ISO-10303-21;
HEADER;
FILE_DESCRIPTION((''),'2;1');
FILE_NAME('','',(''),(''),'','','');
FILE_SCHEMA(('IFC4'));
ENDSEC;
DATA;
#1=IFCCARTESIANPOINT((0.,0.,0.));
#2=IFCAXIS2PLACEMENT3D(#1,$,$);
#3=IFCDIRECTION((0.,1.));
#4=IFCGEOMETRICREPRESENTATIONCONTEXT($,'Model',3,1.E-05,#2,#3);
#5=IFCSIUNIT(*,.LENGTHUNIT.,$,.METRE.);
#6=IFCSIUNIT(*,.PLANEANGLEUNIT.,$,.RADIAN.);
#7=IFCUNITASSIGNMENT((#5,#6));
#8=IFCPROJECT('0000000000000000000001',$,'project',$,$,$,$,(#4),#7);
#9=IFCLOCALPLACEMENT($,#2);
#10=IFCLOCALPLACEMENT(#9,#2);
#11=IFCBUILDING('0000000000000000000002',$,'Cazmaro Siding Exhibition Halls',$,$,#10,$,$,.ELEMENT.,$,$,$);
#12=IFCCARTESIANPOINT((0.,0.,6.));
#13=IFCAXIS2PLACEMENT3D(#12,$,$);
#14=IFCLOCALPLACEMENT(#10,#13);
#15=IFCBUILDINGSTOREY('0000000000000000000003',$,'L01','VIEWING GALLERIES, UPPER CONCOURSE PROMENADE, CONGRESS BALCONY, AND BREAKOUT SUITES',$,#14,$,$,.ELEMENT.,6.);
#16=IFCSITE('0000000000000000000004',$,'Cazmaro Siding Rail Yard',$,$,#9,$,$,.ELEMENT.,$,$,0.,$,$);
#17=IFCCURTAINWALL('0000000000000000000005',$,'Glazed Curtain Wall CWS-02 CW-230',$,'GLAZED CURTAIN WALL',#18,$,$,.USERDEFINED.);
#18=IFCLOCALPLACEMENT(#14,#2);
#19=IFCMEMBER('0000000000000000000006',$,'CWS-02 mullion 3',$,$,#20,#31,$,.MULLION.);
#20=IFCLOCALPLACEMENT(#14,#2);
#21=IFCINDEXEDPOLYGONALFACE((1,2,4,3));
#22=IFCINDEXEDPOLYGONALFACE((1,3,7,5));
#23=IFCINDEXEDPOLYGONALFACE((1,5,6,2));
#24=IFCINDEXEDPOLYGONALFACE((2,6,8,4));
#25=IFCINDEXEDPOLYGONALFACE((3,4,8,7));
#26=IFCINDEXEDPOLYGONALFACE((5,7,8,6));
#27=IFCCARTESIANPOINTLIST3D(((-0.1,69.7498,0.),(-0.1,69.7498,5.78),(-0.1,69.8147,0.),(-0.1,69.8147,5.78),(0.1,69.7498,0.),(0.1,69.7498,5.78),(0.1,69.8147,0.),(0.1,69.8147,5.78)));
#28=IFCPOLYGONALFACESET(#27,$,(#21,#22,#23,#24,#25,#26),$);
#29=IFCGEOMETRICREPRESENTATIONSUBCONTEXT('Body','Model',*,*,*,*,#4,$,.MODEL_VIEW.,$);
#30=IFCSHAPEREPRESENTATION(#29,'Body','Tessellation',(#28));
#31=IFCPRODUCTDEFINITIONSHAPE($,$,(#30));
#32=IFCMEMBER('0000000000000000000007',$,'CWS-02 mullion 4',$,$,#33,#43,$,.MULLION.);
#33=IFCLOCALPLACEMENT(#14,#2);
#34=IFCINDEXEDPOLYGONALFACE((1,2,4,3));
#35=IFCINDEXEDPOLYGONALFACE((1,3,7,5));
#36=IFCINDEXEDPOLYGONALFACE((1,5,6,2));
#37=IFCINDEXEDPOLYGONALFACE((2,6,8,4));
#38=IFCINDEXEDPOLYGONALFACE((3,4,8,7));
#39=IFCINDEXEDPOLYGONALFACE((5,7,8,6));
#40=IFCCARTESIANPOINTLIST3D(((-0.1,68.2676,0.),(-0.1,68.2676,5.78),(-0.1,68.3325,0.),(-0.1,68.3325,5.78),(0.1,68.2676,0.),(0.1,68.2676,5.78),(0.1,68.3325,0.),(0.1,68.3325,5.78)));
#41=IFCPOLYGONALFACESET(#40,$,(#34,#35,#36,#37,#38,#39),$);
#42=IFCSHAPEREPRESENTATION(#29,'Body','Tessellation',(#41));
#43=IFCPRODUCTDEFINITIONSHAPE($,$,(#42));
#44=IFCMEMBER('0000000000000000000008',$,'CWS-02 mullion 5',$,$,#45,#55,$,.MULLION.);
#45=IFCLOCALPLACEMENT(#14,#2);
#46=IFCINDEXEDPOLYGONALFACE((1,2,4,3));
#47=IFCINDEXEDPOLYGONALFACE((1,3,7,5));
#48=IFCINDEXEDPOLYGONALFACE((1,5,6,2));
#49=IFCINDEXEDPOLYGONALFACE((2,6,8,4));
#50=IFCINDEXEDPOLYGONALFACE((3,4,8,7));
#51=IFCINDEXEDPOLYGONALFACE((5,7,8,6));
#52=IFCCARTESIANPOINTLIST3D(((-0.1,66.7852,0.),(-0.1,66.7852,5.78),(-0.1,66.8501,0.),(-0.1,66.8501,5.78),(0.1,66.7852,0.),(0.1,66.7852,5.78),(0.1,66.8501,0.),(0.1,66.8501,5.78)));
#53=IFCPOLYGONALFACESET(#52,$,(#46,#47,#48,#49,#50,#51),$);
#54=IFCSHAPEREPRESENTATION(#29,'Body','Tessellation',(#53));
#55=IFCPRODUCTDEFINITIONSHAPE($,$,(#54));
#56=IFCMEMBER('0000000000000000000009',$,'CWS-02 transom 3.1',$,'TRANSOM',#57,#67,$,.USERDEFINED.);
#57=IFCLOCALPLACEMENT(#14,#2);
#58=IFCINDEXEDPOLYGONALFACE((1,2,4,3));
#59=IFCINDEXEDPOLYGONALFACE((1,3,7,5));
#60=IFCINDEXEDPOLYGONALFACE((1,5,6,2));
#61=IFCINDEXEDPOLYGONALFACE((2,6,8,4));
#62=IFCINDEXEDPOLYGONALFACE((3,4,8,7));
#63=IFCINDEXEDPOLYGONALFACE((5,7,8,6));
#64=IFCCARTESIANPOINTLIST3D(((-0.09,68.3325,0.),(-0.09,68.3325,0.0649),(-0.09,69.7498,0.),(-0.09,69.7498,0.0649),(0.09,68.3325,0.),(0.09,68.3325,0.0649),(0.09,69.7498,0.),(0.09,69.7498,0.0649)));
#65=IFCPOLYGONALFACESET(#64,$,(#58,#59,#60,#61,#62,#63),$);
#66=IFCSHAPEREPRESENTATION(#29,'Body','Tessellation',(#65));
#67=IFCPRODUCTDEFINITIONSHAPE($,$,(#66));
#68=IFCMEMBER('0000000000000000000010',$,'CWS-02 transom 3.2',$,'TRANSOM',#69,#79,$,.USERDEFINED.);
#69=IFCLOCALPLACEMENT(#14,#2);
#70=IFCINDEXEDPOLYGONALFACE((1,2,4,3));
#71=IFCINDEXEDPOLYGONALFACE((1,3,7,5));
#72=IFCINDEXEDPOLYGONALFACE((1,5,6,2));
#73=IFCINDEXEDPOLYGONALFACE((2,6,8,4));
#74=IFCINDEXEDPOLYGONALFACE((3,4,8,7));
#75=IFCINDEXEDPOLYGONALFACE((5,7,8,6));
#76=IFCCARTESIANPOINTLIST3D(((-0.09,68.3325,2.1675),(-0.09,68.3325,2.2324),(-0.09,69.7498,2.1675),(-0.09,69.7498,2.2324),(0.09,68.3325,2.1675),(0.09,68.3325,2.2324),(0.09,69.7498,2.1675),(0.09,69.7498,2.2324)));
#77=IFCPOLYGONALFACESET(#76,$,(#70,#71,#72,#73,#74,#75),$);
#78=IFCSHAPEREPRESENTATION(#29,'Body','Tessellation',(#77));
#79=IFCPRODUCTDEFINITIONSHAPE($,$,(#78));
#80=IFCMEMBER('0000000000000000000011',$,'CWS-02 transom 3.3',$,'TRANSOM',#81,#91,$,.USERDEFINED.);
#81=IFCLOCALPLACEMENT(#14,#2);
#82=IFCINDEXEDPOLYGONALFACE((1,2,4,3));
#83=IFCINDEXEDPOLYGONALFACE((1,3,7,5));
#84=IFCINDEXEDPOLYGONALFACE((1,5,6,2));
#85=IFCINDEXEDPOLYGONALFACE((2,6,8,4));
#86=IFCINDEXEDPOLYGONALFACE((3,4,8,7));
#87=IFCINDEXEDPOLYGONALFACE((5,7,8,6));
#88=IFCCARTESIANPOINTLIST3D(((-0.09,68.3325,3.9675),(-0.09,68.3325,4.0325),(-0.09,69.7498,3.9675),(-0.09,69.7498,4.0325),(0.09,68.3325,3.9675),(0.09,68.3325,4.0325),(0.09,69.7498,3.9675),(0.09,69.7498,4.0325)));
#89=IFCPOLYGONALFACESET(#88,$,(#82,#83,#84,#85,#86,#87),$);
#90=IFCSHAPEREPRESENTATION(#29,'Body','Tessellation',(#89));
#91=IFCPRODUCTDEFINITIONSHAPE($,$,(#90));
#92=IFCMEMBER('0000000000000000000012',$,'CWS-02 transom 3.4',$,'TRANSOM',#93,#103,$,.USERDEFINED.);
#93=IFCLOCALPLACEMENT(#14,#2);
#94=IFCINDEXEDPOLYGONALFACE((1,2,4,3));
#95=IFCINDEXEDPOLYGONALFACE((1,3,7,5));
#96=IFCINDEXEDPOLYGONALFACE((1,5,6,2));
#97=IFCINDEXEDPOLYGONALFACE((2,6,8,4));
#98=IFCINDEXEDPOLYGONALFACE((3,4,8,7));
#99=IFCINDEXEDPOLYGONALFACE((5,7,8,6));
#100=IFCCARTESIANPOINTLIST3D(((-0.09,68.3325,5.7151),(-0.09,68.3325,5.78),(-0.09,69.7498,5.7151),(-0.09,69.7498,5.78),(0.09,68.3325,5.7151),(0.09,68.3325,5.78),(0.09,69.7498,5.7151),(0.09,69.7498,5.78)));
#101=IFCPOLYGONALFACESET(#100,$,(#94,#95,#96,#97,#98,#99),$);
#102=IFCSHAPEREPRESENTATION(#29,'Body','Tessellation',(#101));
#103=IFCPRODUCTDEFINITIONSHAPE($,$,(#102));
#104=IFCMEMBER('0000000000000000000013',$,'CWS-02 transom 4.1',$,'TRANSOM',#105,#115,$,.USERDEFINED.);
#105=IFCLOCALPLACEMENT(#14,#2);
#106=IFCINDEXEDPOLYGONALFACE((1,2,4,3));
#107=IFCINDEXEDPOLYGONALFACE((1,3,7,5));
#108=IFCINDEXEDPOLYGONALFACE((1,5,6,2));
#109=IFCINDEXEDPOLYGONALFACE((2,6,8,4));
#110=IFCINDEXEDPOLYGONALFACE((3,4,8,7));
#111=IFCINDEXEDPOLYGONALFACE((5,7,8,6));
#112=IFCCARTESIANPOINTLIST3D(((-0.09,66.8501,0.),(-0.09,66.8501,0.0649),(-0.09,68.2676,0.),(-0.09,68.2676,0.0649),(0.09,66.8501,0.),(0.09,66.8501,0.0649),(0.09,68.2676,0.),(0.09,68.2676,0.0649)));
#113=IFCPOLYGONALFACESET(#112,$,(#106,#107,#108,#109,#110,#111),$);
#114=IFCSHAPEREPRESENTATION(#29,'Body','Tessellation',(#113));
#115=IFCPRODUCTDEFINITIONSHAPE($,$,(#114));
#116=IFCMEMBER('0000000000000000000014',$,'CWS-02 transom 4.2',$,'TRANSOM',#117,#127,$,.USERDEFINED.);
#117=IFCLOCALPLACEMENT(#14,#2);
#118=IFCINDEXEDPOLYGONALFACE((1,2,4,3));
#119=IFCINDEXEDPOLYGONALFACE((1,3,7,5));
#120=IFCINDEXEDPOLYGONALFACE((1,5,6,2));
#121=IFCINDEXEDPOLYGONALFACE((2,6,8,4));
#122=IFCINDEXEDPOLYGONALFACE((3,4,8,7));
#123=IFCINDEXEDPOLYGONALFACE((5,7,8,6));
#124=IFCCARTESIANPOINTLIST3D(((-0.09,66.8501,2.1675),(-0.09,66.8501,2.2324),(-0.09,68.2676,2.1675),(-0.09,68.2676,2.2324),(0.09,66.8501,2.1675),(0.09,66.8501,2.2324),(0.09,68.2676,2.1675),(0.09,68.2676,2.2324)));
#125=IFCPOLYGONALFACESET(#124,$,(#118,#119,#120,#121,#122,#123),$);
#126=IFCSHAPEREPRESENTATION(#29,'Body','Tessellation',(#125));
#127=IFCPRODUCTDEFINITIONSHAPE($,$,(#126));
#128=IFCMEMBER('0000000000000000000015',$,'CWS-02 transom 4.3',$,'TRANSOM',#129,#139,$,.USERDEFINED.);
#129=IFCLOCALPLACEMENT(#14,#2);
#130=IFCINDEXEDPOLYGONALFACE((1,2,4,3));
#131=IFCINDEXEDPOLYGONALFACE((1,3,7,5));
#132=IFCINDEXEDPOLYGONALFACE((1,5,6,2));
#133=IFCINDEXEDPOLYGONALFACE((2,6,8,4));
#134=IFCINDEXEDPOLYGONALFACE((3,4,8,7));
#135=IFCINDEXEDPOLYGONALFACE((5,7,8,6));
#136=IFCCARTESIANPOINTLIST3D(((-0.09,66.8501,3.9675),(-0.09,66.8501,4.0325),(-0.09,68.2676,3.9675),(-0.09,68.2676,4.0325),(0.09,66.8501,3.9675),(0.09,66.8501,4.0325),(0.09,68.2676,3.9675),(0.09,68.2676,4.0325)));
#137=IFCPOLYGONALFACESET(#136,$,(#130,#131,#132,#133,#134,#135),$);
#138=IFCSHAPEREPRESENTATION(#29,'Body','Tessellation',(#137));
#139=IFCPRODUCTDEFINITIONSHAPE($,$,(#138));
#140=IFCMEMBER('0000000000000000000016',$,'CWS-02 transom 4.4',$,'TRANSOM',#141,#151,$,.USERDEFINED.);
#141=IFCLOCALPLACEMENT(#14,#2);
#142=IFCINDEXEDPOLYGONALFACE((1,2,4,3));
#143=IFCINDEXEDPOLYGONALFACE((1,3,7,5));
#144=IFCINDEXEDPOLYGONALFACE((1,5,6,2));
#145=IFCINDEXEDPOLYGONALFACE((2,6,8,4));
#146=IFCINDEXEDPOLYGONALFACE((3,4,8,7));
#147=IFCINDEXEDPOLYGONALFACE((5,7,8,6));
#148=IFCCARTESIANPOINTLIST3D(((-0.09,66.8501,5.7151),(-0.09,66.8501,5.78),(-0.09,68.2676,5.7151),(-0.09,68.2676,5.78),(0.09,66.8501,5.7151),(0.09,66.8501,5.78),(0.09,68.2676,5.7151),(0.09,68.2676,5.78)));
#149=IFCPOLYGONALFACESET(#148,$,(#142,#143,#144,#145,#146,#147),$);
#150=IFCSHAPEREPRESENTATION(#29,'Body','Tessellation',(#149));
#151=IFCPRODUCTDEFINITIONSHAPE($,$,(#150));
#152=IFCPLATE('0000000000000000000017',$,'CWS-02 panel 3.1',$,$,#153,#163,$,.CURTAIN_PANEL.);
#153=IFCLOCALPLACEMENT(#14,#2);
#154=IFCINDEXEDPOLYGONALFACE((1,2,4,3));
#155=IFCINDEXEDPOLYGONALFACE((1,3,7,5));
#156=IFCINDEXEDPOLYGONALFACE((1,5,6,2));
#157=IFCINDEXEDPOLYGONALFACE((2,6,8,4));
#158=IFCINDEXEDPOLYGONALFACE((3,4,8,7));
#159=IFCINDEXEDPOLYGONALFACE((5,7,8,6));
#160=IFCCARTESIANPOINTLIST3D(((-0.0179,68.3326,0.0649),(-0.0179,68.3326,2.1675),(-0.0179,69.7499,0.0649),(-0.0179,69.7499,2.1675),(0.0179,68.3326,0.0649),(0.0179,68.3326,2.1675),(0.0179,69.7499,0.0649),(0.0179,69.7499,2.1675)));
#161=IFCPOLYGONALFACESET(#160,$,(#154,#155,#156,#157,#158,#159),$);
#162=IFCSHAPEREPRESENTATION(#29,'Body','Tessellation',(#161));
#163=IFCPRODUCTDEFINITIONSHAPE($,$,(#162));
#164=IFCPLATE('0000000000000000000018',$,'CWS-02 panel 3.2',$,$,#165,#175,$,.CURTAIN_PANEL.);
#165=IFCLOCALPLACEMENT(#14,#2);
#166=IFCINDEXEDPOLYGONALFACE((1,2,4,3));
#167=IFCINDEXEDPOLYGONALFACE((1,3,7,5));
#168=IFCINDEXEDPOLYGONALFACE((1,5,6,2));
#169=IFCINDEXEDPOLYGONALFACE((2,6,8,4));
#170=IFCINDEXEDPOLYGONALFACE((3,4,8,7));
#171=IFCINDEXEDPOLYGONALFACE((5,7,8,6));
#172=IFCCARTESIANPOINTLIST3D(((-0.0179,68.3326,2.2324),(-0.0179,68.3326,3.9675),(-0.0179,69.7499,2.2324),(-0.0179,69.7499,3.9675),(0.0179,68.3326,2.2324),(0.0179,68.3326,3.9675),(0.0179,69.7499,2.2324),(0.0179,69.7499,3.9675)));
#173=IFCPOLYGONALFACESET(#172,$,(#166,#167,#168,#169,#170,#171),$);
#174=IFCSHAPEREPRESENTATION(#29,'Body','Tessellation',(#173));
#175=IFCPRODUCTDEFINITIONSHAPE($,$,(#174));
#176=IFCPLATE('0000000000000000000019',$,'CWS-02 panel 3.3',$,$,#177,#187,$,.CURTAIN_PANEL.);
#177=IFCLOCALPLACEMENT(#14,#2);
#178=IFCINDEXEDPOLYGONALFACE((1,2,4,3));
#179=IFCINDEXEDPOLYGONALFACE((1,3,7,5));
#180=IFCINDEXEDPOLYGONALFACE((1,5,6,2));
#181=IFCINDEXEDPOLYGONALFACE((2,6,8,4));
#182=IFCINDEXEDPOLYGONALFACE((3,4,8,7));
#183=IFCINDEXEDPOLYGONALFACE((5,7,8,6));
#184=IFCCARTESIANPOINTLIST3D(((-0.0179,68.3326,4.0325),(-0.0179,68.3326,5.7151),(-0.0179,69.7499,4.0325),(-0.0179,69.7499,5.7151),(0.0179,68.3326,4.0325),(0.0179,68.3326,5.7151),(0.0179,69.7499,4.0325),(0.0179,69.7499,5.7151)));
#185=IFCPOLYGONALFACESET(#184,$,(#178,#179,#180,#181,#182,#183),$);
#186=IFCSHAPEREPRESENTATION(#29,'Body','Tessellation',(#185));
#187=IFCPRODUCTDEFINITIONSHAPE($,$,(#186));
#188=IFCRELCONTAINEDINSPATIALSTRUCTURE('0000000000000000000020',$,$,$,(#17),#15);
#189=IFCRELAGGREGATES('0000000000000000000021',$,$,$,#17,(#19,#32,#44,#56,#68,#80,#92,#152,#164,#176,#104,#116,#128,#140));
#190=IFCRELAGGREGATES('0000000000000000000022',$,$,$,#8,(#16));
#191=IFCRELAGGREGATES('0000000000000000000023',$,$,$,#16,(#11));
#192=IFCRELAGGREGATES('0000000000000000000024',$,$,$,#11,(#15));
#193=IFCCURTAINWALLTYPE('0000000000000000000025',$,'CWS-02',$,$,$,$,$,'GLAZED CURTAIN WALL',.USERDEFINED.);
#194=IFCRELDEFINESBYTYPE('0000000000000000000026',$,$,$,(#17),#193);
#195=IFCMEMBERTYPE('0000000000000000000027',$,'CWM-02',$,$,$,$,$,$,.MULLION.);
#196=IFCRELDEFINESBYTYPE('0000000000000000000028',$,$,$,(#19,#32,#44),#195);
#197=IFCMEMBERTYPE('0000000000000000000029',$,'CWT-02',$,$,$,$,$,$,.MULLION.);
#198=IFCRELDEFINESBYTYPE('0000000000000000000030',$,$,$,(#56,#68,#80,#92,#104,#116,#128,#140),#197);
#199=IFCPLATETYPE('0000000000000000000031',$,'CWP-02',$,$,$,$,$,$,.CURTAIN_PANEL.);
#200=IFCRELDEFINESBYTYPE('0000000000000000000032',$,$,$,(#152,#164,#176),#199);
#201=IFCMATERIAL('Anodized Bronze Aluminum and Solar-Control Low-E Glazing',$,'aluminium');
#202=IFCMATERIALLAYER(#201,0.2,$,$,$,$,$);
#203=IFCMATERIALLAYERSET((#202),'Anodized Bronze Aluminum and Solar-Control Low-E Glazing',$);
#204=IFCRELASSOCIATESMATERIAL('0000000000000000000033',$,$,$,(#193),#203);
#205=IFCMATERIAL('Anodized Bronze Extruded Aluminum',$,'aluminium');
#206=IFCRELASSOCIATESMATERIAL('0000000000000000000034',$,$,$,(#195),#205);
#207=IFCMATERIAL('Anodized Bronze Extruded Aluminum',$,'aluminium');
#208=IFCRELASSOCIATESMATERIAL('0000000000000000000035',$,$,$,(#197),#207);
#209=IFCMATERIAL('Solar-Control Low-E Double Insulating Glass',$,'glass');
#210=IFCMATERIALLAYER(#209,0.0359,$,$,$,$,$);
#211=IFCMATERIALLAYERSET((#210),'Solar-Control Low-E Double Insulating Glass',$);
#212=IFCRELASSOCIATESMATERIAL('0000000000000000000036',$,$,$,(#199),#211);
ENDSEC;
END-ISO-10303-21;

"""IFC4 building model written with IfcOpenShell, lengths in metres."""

from ifc_helpers import new_model, si_unit, direction, frame, origin, origin_2d, place, context, subcontext, project, spatial, rectangle, extrude, material, layer, layer_set, material_profile, profile_set, type_object, element, aggregate, save


model = new_model("IFC4")

# Units and contexts
model_context = context("Model", 3, precision=1e-05, world=origin(), true_north=direction((0.0, 1.0)))
body_context = subcontext(model_context, "Body", "Model", "MODEL_VIEW")
ifc_project = project(units=[si_unit("LENGTHUNIT", "METRE"), si_unit("PLANEANGLEUNIT", "RADIAN")], contexts=[model_context])

# Site, building, storey
site_placement = place(None, origin())
site = spatial("IfcSite", under=ifc_project, at=site_placement, Name="Cazmaro Siding Rail Yard", CompositionType="ELEMENT", RefElevation=0.0)
building_placement = place(site_placement, origin())
building = spatial("IfcBuilding", under=site, at=building_placement, Name="Cazmaro Siding Exhibition Halls", CompositionType="ELEMENT")
storey_placement = place(building_placement, frame((0.0, 0.0, 6.0)))
storey = spatial("IfcBuildingStorey", under=building, at=storey_placement, Name="L01", Description="VIEWING GALLERIES, UPPER CONCOURSE PROMENADE, CONGRESS BALCONY, AND BREAKOUT SUITES", CompositionType="ELEMENT", Elevation=6.0)

# Curtain wall, members, plates
ifc_material_1 = material(Name="Anodized Bronze Aluminum and Solar-Control Low-E Glazing", Category="aluminium")
ifc_layer_1 = layer(ifc_material_1, 0.2)
ifc_layer_set_1 = layer_set([ifc_layer_1], Name="Anodized Bronze Aluminum and Solar-Control Low-E Glazing")
curtain_wall_type = type_object("IfcCurtainWallType", Name="CWS-02", ElementType="GLAZED CURTAIN WALL", PredefinedType="USERDEFINED", material=ifc_layer_set_1)
curtain_wall_placement = place(storey_placement, origin())
curtain_wall = element("IfcCurtainWall", 1, at=curtain_wall_placement, inside=storey, type_object=curtain_wall_type, Name="Glazed Curtain Wall CWS-02 CW-230", ObjectType="GLAZED CURTAIN WALL", PredefinedType="USERDEFINED")
ifc_material_2 = material(Name="Anodized Bronze Extruded Aluminum", Category="aluminium")
ifc_material_profile_1 = material_profile(ifc_material_2, rectangle(XDim=0.2, YDim=0.0649, at=origin_2d()), Name="CWM-02")
ifc_profile_set_1 = profile_set([ifc_material_profile_1], Name="Anodized Bronze Extruded Aluminum")
member_type_1 = type_object("IfcMemberType", Name="CWM-02", PredefinedType="MULLION", material=ifc_profile_set_1)
member_1_placement = place(storey_placement, frame((0.0, 69.7822, 0.0), z_axis=(0.0, 0.0, 1.0), x_axis=(1.0, 0.0, 0.0)))
member_1 = element("IfcMember", 2, at=member_1_placement, type_object=member_type_1, Name="CWS-02 mullion 3", PredefinedType="MULLION", context=body_context, shape_type="SweptSolid", body=[
    extrude(rectangle(XDim=0.2, YDim=0.0649, at=origin_2d()), origin(), (0.0, 0.0, 1.0), 5.78),
])
member_2_placement = place(storey_placement, frame((0.0, 68.3, 0.0), z_axis=(0.0, 0.0, 1.0), x_axis=(1.0, 0.0, 0.0)))
member_2 = element("IfcMember", 3, at=member_2_placement, type_object=member_type_1, Name="CWS-02 mullion 4", PredefinedType="MULLION", context=body_context, shape_type="SweptSolid", body=[
    extrude(rectangle(XDim=0.2, YDim=0.0649, at=origin_2d()), origin(), (0.0, 0.0, 1.0), 5.78),
])
member_3_placement = place(storey_placement, frame((0.0, 66.8176, 0.0), z_axis=(0.0, 0.0, 1.0), x_axis=(1.0, 0.0, 0.0)))
member_3 = element("IfcMember", 4, at=member_3_placement, type_object=member_type_1, Name="CWS-02 mullion 5", PredefinedType="MULLION", context=body_context, shape_type="SweptSolid", body=[
    extrude(rectangle(XDim=0.2, YDim=0.0649, at=origin_2d()), origin(), (0.0, 0.0, 1.0), 5.78),
])
ifc_material_3 = material(Name="Anodized Bronze Extruded Aluminum", Category="aluminium")
ifc_material_profile_2 = material_profile(ifc_material_3, rectangle(XDim=0.1799, YDim=0.0649, at=origin_2d()), Name="CWT-02")
ifc_profile_set_2 = profile_set([ifc_material_profile_2], Name="Anodized Bronze Extruded Aluminum")
member_type_2 = type_object("IfcMemberType", Name="CWT-02", PredefinedType="MULLION", material=ifc_profile_set_2)
member_4_placement = place(storey_placement, frame((0.0, 69.7498, 0.0325), z_axis=(0.0, -1.0, 0.0), x_axis=(1.0, 0.0, 0.0)))
member_4 = element("IfcMember", 5, at=member_4_placement, type_object=member_type_2, Name="CWS-02 transom 3.1", ObjectType="TRANSOM", PredefinedType="USERDEFINED", context=body_context, shape_type="SweptSolid", body=[
    extrude(rectangle(XDim=0.1799, YDim=0.0649, at=origin_2d()), origin(), (0.0, 0.0, 1.0), 1.4172),
])
member_5_placement = place(storey_placement, frame((0.0, 69.7498, 2.2), z_axis=(0.0, -1.0, 0.0), x_axis=(1.0, 0.0, 0.0)))
member_5 = element("IfcMember", 6, at=member_5_placement, type_object=member_type_2, Name="CWS-02 transom 3.2", ObjectType="TRANSOM", PredefinedType="USERDEFINED", context=body_context, shape_type="SweptSolid", body=[
    extrude(rectangle(XDim=0.1799, YDim=0.0649, at=origin_2d()), origin(), (0.0, 0.0, 1.0), 1.4172),
])
member_6_placement = place(storey_placement, frame((0.0, 69.7498, 4.0), z_axis=(0.0, -1.0, 0.0), x_axis=(1.0, 0.0, 0.0)))
member_6 = element("IfcMember", 7, at=member_6_placement, type_object=member_type_2, Name="CWS-02 transom 3.3", ObjectType="TRANSOM", PredefinedType="USERDEFINED", context=body_context, shape_type="SweptSolid", body=[
    extrude(rectangle(XDim=0.1799, YDim=0.0649, at=origin_2d()), origin(), (0.0, 0.0, 1.0), 1.4172),
])
member_7_placement = place(storey_placement, frame((0.0, 69.7498, 5.7476), z_axis=(0.0, -1.0, 0.0), x_axis=(1.0, 0.0, 0.0)))
member_7 = element("IfcMember", 8, at=member_7_placement, type_object=member_type_2, Name="CWS-02 transom 3.4", ObjectType="TRANSOM", PredefinedType="USERDEFINED", context=body_context, shape_type="SweptSolid", body=[
    extrude(rectangle(XDim=0.1799, YDim=0.0649, at=origin_2d()), origin(), (0.0, 0.0, 1.0), 1.4172),
])
member_8_placement = place(storey_placement, frame((0.0, 68.2676, 0.0325), z_axis=(0.0, -1.0, 0.0), x_axis=(1.0, 0.0, 0.0)))
member_8 = element("IfcMember", 9, at=member_8_placement, type_object=member_type_2, Name="CWS-02 transom 4.1", ObjectType="TRANSOM", PredefinedType="USERDEFINED", context=body_context, shape_type="SweptSolid", body=[
    extrude(rectangle(XDim=0.1799, YDim=0.0649, at=origin_2d()), origin(), (0.0, 0.0, 1.0), 1.4175),
])
member_9_placement = place(storey_placement, frame((0.0, 68.2676, 2.2), z_axis=(0.0, -1.0, 0.0), x_axis=(1.0, 0.0, 0.0)))
member_9 = element("IfcMember", 10, at=member_9_placement, type_object=member_type_2, Name="CWS-02 transom 4.2", ObjectType="TRANSOM", PredefinedType="USERDEFINED", context=body_context, shape_type="SweptSolid", body=[
    extrude(rectangle(XDim=0.1799, YDim=0.0649, at=origin_2d()), origin(), (0.0, 0.0, 1.0), 1.4175),
])
member_10_placement = place(storey_placement, frame((0.0, 68.2676, 4.0), z_axis=(0.0, -1.0, 0.0), x_axis=(1.0, 0.0, 0.0)))
member_10 = element("IfcMember", 11, at=member_10_placement, type_object=member_type_2, Name="CWS-02 transom 4.3", ObjectType="TRANSOM", PredefinedType="USERDEFINED", context=body_context, shape_type="SweptSolid", body=[
    extrude(rectangle(XDim=0.1799, YDim=0.0649, at=origin_2d()), origin(), (0.0, 0.0, 1.0), 1.4175),
])
member_11_placement = place(storey_placement, frame((0.0, 68.2676, 5.7476), z_axis=(0.0, -1.0, 0.0), x_axis=(1.0, 0.0, 0.0)))
member_11 = element("IfcMember", 12, at=member_11_placement, type_object=member_type_2, Name="CWS-02 transom 4.4", ObjectType="TRANSOM", PredefinedType="USERDEFINED", context=body_context, shape_type="SweptSolid", body=[
    extrude(rectangle(XDim=0.1799, YDim=0.0649, at=origin_2d()), origin(), (0.0, 0.0, 1.0), 1.4175),
])
ifc_material_4 = material(Name="Solar-Control Low-E Double Insulating Glass", Category="glass")
ifc_layer_2 = layer(ifc_material_4, 0.0359)
ifc_layer_set_2 = layer_set([ifc_layer_2], Name="Solar-Control Low-E Double Insulating Glass")
plate_type = type_object("IfcPlateType", Name="CWP-02", PredefinedType="CURTAIN_PANEL", material=ifc_layer_set_2)
plate_1_placement = place(storey_placement, frame((0.0, 69.0413, 0.0649), z_axis=(0.0, 0.0, 1.0), x_axis=(0.0, -1.0, 0.0)))
plate_1 = element("IfcPlate", 13, at=plate_1_placement, type_object=plate_type, Name="CWS-02 panel 3.1", PredefinedType="CURTAIN_PANEL", context=body_context, shape_type="SweptSolid", body=[
    extrude(rectangle(XDim=1.4172, YDim=0.0359, at=origin_2d()), origin(), (0.0, 0.0, 1.0), 2.1025),
])
plate_2_placement = place(storey_placement, frame((0.0, 69.0413, 2.2324), z_axis=(0.0, 0.0, 1.0), x_axis=(0.0, -1.0, 0.0)))
plate_2 = element("IfcPlate", 14, at=plate_2_placement, type_object=plate_type, Name="CWS-02 panel 3.2", PredefinedType="CURTAIN_PANEL", context=body_context, shape_type="SweptSolid", body=[
    extrude(rectangle(XDim=1.4172, YDim=0.0359, at=origin_2d()), origin(), (0.0, 0.0, 1.0), 1.7351),
])
plate_3_placement = place(storey_placement, frame((0.0, 69.0413, 4.0325), z_axis=(0.0, 0.0, 1.0), x_axis=(0.0, -1.0, 0.0)))
plate_3 = element("IfcPlate", 15, at=plate_3_placement, type_object=plate_type, Name="CWS-02 panel 3.3", PredefinedType="CURTAIN_PANEL", context=body_context, shape_type="SweptSolid", body=[
    extrude(rectangle(XDim=1.4172, YDim=0.0359, at=origin_2d()), origin(), (0.0, 0.0, 1.0), 1.6826),
])
aggregate(curtain_wall, [member_1, member_2, member_3, member_4, member_5, member_6, member_7, plate_1, plate_2, plate_3, member_8, member_9, member_10, member_11])

save(model, "model.ifc")
